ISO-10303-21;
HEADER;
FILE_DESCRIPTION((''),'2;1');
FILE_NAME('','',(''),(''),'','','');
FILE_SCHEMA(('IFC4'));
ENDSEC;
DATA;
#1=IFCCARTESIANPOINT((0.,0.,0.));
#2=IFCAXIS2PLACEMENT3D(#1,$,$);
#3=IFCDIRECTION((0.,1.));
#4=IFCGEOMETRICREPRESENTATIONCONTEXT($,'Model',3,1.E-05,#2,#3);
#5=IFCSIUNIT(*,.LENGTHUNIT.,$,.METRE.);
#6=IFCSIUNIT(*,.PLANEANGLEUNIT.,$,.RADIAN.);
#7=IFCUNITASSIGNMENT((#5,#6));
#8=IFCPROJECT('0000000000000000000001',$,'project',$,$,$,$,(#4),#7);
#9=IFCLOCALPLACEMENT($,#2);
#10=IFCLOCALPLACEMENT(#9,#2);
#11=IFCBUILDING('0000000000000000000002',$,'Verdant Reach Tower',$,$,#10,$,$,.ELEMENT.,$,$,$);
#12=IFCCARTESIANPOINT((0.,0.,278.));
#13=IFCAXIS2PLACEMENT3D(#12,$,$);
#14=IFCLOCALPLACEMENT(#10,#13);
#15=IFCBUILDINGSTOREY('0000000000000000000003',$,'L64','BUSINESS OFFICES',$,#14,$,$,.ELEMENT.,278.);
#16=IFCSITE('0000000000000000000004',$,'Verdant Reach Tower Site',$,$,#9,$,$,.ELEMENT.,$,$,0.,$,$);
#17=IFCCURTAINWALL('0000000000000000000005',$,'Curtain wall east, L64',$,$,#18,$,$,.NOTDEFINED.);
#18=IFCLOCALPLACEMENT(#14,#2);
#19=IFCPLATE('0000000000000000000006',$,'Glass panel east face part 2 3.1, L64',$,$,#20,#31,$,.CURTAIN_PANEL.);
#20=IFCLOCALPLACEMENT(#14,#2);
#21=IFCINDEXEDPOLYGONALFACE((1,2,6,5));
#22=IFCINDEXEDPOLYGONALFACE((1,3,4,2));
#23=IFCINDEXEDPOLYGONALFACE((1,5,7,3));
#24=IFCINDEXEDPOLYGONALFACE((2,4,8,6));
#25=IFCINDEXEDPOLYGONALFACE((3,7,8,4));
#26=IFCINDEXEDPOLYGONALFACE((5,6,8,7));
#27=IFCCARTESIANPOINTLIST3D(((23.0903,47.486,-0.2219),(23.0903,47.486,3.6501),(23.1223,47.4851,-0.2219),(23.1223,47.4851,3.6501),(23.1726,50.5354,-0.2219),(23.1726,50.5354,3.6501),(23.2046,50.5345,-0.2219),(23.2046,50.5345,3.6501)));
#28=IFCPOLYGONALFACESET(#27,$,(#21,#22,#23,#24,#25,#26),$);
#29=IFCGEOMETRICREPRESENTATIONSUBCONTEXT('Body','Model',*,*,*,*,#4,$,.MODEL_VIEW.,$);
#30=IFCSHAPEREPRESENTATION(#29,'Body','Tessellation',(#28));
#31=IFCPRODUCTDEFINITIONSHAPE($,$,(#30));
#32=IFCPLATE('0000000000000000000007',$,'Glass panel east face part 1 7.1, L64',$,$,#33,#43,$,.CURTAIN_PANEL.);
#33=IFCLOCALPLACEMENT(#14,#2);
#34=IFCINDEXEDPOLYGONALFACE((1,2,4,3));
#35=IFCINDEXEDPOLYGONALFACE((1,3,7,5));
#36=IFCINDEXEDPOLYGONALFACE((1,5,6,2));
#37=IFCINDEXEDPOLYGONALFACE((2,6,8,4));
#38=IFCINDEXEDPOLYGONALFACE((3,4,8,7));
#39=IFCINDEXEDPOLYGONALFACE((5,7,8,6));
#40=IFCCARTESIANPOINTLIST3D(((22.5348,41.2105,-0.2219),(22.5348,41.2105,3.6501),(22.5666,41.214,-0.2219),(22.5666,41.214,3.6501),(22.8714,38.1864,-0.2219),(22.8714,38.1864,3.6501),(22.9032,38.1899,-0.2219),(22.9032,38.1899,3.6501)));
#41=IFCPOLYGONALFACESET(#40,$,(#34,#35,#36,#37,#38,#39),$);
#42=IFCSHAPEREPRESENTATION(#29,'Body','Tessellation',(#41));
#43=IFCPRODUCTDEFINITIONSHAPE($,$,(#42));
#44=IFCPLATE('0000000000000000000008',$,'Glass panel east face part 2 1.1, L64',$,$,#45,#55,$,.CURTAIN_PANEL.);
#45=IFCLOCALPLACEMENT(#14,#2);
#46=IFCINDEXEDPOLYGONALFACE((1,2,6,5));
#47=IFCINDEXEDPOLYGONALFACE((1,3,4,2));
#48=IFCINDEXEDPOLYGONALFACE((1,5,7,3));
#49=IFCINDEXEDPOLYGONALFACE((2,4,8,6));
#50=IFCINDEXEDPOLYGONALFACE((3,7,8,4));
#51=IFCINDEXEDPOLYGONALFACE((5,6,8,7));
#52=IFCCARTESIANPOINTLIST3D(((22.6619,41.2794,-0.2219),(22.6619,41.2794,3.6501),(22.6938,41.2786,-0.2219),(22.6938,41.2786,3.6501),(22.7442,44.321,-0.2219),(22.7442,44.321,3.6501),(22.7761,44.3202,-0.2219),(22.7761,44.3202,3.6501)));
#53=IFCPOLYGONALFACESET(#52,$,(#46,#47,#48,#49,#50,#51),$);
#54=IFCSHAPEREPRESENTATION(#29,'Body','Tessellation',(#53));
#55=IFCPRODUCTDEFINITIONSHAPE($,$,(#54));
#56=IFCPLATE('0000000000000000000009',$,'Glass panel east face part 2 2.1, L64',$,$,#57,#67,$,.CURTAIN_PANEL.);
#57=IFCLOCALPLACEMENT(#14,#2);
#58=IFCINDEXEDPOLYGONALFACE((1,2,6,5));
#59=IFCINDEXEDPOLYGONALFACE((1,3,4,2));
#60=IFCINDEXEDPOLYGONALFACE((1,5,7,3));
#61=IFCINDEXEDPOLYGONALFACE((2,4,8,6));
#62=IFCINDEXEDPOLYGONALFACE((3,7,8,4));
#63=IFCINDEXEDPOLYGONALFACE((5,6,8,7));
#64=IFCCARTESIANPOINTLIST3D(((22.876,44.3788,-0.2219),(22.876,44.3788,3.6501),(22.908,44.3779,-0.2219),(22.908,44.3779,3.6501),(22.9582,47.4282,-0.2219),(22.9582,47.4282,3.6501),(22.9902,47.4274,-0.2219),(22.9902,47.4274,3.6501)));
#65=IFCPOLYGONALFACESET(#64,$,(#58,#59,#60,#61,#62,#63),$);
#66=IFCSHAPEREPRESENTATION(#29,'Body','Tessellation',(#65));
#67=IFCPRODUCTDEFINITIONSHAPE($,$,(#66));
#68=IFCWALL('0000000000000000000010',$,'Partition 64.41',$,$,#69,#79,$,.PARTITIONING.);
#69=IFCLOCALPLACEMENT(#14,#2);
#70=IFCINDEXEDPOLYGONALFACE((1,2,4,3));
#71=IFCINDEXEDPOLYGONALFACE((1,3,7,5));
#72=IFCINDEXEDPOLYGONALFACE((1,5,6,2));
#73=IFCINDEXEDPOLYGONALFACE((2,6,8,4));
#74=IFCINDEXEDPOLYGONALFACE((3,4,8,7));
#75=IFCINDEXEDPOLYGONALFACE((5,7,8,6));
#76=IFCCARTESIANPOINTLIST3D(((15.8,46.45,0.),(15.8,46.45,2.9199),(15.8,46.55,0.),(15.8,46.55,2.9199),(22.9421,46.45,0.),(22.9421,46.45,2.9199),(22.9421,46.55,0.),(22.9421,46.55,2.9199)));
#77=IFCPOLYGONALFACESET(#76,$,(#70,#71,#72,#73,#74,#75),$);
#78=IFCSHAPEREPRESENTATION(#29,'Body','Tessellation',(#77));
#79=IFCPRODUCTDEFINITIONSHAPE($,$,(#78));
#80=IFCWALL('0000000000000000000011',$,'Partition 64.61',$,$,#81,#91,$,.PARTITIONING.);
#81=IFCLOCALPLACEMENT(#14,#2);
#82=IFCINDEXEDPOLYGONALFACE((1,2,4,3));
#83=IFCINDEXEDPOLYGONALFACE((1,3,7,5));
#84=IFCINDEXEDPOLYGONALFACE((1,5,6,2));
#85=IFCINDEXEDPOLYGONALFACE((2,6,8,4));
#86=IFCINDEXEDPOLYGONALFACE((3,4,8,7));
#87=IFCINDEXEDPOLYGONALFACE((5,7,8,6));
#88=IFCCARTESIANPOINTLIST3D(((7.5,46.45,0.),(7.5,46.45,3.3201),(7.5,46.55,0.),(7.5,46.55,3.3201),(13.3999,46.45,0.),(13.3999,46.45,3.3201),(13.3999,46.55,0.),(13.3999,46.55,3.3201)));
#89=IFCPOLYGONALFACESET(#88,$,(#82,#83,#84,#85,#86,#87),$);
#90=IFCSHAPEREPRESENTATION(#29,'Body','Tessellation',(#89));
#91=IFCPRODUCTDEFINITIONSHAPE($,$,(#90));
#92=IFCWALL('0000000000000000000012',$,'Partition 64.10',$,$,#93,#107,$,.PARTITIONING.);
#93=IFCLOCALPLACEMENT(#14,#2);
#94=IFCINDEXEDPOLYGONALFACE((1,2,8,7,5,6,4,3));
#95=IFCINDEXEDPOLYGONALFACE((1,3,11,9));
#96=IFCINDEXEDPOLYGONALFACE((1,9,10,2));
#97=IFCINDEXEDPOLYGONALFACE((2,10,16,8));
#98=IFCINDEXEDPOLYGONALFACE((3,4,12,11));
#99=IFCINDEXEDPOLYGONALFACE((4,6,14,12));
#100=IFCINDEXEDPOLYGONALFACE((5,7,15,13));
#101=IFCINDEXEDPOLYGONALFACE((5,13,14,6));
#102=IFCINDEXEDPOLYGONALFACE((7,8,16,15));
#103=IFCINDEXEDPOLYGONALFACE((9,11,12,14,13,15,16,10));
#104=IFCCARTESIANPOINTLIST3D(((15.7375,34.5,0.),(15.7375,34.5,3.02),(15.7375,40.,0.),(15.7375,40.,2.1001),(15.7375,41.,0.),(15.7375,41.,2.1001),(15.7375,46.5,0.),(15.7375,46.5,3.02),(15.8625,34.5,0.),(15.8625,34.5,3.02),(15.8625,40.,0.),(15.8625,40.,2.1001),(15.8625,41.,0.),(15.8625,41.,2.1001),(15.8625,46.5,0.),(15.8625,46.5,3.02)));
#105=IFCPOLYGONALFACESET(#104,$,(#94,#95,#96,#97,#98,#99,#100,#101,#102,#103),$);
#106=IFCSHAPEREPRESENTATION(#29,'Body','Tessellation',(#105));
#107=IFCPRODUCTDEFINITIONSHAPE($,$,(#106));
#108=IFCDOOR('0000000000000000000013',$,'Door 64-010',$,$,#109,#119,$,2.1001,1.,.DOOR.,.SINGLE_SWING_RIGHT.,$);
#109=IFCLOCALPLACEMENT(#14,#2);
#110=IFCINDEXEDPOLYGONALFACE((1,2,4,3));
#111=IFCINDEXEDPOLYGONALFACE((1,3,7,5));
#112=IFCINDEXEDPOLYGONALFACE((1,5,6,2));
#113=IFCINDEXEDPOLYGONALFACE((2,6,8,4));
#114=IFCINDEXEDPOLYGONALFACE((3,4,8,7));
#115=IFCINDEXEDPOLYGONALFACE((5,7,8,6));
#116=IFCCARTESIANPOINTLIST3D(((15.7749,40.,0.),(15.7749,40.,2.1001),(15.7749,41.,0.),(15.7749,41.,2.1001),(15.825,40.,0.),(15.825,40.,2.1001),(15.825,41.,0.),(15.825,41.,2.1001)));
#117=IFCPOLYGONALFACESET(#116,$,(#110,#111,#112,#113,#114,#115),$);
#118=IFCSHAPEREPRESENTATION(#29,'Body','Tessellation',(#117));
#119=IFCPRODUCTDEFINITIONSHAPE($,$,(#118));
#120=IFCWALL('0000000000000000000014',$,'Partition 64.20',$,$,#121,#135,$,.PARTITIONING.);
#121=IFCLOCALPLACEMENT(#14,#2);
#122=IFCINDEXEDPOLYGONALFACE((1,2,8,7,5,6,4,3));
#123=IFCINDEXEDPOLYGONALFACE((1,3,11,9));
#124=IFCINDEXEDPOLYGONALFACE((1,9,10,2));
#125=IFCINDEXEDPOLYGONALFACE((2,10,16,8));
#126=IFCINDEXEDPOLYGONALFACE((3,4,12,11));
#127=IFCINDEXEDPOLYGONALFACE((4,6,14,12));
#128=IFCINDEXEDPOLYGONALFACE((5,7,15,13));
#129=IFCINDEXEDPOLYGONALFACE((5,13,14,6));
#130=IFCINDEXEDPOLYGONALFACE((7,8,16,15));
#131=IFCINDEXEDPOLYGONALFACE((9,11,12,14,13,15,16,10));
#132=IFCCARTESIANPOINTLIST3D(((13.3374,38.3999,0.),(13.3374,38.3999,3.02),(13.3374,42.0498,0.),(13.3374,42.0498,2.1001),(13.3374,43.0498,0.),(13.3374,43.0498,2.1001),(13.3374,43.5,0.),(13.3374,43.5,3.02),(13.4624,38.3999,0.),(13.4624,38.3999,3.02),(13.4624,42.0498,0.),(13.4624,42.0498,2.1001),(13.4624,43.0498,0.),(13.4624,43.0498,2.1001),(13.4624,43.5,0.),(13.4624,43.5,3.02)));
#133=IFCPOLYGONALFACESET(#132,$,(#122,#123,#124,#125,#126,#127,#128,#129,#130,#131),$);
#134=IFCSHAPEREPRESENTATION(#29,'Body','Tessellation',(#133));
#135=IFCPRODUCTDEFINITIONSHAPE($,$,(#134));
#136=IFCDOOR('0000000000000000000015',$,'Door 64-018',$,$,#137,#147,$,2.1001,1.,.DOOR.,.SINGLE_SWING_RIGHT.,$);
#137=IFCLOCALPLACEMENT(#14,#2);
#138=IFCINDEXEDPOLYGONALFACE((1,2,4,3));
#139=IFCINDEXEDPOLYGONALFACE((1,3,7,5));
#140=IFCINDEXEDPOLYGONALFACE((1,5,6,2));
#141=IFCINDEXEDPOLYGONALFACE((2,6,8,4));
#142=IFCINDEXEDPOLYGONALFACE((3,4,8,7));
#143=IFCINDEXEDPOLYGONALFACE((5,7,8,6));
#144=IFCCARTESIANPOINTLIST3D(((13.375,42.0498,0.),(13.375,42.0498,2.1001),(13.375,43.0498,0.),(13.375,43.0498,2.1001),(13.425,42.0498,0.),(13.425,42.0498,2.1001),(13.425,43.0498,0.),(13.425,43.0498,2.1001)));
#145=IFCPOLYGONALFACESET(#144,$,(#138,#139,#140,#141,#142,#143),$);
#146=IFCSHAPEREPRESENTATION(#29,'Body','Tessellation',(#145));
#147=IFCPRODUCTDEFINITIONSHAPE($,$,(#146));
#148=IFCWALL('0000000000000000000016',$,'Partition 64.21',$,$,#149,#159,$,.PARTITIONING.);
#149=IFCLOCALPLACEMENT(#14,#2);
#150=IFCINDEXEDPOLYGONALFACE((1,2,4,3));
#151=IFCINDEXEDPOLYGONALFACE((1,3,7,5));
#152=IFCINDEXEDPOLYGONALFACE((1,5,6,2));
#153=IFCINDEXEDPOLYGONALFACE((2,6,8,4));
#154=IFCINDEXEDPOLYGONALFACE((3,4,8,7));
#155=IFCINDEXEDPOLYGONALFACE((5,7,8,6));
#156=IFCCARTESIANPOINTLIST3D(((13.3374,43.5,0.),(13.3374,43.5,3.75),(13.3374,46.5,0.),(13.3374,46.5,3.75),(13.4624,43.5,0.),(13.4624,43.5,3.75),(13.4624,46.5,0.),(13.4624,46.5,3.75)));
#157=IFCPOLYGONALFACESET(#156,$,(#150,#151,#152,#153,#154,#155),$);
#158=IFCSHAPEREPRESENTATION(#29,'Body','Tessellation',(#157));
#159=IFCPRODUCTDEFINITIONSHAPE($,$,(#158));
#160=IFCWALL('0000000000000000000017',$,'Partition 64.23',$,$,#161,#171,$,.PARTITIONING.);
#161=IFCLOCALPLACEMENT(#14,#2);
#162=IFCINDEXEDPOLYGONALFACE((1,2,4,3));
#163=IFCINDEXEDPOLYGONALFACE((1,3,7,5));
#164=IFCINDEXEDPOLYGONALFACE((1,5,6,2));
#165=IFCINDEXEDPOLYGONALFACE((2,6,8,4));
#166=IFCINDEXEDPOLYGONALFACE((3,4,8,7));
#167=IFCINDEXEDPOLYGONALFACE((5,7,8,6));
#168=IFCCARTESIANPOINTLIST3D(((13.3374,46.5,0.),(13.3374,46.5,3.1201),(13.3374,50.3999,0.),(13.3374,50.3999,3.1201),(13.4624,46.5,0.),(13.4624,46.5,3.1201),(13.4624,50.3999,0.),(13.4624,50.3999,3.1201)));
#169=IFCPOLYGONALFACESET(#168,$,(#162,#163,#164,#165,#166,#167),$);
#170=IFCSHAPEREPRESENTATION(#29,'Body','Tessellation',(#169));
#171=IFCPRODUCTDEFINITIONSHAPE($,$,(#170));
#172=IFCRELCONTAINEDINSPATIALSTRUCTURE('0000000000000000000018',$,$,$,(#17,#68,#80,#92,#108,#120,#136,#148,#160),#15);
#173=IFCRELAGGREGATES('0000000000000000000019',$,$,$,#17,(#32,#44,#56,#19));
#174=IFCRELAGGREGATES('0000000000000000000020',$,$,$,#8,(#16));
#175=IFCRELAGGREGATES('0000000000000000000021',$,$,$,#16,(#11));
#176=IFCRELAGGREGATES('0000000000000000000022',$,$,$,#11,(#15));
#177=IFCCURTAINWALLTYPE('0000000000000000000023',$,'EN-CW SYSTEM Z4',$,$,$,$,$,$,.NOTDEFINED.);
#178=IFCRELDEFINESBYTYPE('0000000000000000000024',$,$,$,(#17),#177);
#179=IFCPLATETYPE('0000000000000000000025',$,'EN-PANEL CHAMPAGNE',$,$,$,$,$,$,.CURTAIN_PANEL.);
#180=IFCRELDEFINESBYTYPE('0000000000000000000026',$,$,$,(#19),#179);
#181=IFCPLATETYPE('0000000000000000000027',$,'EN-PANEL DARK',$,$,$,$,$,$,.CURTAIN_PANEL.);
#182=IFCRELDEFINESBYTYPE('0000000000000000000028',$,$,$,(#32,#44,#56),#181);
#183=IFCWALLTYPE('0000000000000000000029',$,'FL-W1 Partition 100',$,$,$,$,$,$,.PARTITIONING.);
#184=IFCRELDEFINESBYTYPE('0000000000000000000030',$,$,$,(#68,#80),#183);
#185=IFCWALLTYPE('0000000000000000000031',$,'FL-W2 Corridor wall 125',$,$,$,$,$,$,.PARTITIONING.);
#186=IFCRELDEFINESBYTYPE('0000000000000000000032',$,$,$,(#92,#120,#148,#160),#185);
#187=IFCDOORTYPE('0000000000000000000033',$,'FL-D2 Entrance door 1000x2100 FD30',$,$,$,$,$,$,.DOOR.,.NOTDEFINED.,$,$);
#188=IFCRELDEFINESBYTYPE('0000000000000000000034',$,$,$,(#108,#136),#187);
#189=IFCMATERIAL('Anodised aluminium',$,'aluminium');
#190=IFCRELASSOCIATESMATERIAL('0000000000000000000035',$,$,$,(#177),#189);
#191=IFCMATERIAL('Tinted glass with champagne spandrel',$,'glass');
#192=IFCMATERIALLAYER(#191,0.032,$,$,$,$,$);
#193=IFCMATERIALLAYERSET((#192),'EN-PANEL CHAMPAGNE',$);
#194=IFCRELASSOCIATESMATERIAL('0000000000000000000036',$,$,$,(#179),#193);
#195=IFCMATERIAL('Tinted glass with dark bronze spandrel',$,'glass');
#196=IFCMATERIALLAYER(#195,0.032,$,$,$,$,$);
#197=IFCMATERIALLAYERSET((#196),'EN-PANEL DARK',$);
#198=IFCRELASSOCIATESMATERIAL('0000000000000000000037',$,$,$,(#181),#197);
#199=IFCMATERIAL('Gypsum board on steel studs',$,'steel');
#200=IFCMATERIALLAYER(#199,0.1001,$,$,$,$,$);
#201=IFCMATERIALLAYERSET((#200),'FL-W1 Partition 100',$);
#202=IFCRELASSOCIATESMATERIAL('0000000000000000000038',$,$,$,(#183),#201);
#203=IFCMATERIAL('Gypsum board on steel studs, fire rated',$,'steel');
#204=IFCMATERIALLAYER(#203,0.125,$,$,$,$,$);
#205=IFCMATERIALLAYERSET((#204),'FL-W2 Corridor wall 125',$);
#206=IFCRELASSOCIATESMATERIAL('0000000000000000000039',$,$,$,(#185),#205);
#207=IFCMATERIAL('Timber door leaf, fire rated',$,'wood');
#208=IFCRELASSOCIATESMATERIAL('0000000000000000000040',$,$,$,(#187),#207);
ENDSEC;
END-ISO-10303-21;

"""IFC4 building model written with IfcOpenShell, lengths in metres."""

from ifc_helpers import new_model, si_unit, direction, frame, frame_2d, origin, origin_2d, place, context, subcontext, project, spatial, rectangle, extrude, material, layer, layer_set, type_object, element, fill, aggregate, save


model = new_model("IFC4")

# Units and contexts
model_context = context("Model", 3, precision=1e-05, world=origin(), true_north=direction((0.0, 1.0)))
body_context = subcontext(model_context, "Body", "Model", "MODEL_VIEW")
ifc_project = project(units=[si_unit("LENGTHUNIT", "METRE"), si_unit("PLANEANGLEUNIT", "RADIAN")], contexts=[model_context])

# Site, building, storey
site_placement = place(None, origin())
site = spatial("IfcSite", under=ifc_project, at=site_placement, Name="Verdant Reach Tower Site", CompositionType="ELEMENT", RefElevation=0.0)
building_placement = place(site_placement, origin())
building = spatial("IfcBuilding", under=site, at=building_placement, Name="Verdant Reach Tower", CompositionType="ELEMENT")
storey_placement = place(building_placement, frame((0.0, 0.0, 278.0)))
storey = spatial("IfcBuildingStorey", under=building, at=storey_placement, Name="L64", Description="BUSINESS OFFICES", CompositionType="ELEMENT", Elevation=278.0)

# Curtain wall
ifc_material_1 = material(Name="Anodised aluminium", Category="aluminium")
curtain_wall_type = type_object("IfcCurtainWallType", Name="EN-CW SYSTEM Z4", PredefinedType="NOTDEFINED", material=ifc_material_1)
curtain_wall_placement = place(storey_placement, origin())
curtain_wall = element("IfcCurtainWall", 1, at=curtain_wall_placement, inside=storey, type_object=curtain_wall_type, Name="Curtain wall east, L64", PredefinedType="NOTDEFINED")

# Plates
ifc_material_2 = material(Name="Tinted glass with champagne spandrel", Category="glass")
ifc_layer_1 = layer(ifc_material_2, 0.032)
ifc_layer_set_1 = layer_set([ifc_layer_1], Name="EN-PANEL CHAMPAGNE")
plate_type_1 = type_object("IfcPlateType", Name="EN-PANEL CHAMPAGNE", PredefinedType="CURTAIN_PANEL", material=ifc_layer_set_1)
plate_1_placement = place(storey_placement, frame((23.1475, 49.0103, -0.2219), z_axis=(0.0, 0.0, 1.0), x_axis=(0.026965, 0.999636, 0.0)))
plate_1 = element("IfcPlate", 2, at=plate_1_placement, type_object=plate_type_1, Name="Glass panel east face part 2 3.1, L64", PredefinedType="CURTAIN_PANEL", context=body_context, shape_type="SweptSolid", body=[
    extrude(rectangle(XDim=3.0505, YDim=0.032, at=origin_2d()), origin(), (0.0, 0.0, 1.0), 3.8721),
])
ifc_material_3 = material(Name="Tinted glass with dark bronze spandrel", Category="glass")
ifc_layer_2 = layer(ifc_material_3, 0.032)
ifc_layer_set_2 = layer_set([ifc_layer_2], Name="EN-PANEL DARK")
plate_type_2 = type_object("IfcPlateType", Name="EN-PANEL DARK", PredefinedType="CURTAIN_PANEL", material=ifc_layer_set_2)
plate_2_placement = place(storey_placement, frame((22.719, 39.7002, -0.2219), z_axis=(0.0, 0.0, 1.0), x_axis=(-0.110603, 0.993865, 0.0)))
plate_2 = element("IfcPlate", 3, at=plate_2_placement, type_object=plate_type_2, Name="Glass panel east face part 1 7.1, L64", PredefinedType="CURTAIN_PANEL", context=body_context, shape_type="SweptSolid", body=[
    extrude(rectangle(XDim=3.0427, YDim=0.032, at=origin_2d()), origin(), (0.0, 0.0, 1.0), 3.8721),
])
plate_3_placement = place(storey_placement, frame((22.719, 42.7998, -0.2219), z_axis=(0.0, 0.0, 1.0), x_axis=(0.027051, 0.999634, 0.0)))
plate_3 = element("IfcPlate", 4, at=plate_3_placement, type_object=plate_type_2, Name="Glass panel east face part 2 1.1, L64", PredefinedType="CURTAIN_PANEL", context=body_context, shape_type="SweptSolid", body=[
    extrude(rectangle(XDim=3.0427, YDim=0.032, at=origin_2d()), origin(), (0.0, 0.0, 1.0), 3.8721),
])
plate_4_placement = place(storey_placement, frame((22.9331, 45.9031, -0.2219), z_axis=(0.0, 0.0, 1.0), x_axis=(0.026965, 0.999636, 0.0)))
plate_4 = element("IfcPlate", 5, at=plate_4_placement, type_object=plate_type_2, Name="Glass panel east face part 2 2.1, L64", PredefinedType="CURTAIN_PANEL", context=body_context, shape_type="SweptSolid", body=[
    extrude(rectangle(XDim=3.0505, YDim=0.032, at=origin_2d()), origin(), (0.0, 0.0, 1.0), 3.8721),
])
aggregate(curtain_wall, [plate_2, plate_3, plate_4, plate_1])

# Walls
ifc_material_4 = material(Name="Gypsum board on steel studs", Category="steel")
ifc_layer_3 = layer(ifc_material_4, 0.1001)
ifc_layer_set_3 = layer_set([ifc_layer_3], Name="FL-W1 Partition 100")
wall_type_1 = type_object("IfcWallType", Name="FL-W1 Partition 100", PredefinedType="PARTITIONING", material=ifc_layer_set_3)
wall_1_placement = place(storey_placement, frame((22.9421, 46.5, 0.0), z_axis=(0.0, 0.0, 1.0), x_axis=(-1.0, 0.0, 0.0)))
element("IfcWall", 6, at=wall_1_placement, inside=storey, type_object=wall_type_1, Name="Partition 64.41", PredefinedType="PARTITIONING", context=body_context, shape_type="SweptSolid", body=[
    extrude(rectangle(XDim=7.1421, YDim=0.1001, at=frame_2d((3.571, 0.0))), origin(), (0.0, 0.0, 1.0), 2.9199),
])
wall_2_placement = place(storey_placement, frame((13.3999, 46.5, 0.0), z_axis=(0.0, 0.0, 1.0), x_axis=(-1.0, 0.0, 0.0)))
element("IfcWall", 7, at=wall_2_placement, inside=storey, type_object=wall_type_1, Name="Partition 64.61", PredefinedType="PARTITIONING", context=body_context, shape_type="SweptSolid", body=[
    extrude(rectangle(XDim=5.8999, YDim=0.1001, at=frame_2d((2.95, 0.0))), origin(), (0.0, 0.0, 1.0), 3.3201),
])

# Walls, openings, doors
ifc_material_5 = material(Name="Gypsum board on steel studs, fire rated", Category="steel")
ifc_layer_4 = layer(ifc_material_5, 0.125)
ifc_layer_set_4 = layer_set([ifc_layer_4], Name="FL-W2 Corridor wall 125")
wall_type_2 = type_object("IfcWallType", Name="FL-W2 Corridor wall 125", PredefinedType="PARTITIONING", material=ifc_layer_set_4)
wall_3_placement = place(storey_placement, frame((15.8, 46.5, 0.0), z_axis=(0.0, 0.0, 1.0), x_axis=(0.0, -1.0, 0.0)))
wall_3 = element("IfcWall", 8, at=wall_3_placement, inside=storey, type_object=wall_type_2, Name="Partition 64.10", PredefinedType="PARTITIONING", context=body_context, shape_type="SweptSolid", body=[
    extrude(rectangle(XDim=12.0, YDim=0.125, at=frame_2d((6.0, 0.0))), origin(), (0.0, 0.0, 1.0), 3.02),
])
opening_1_placement = place(wall_3_placement, frame((5.5, 0.0, 0.0)))
opening_1 = element("IfcOpeningElement", 9, at=opening_1_placement, cuts=wall_3, PredefinedType="OPENING", context=body_context, shape_type="SweptSolid", body=[
    extrude(rectangle(XDim=1.0, YDim=2.1001, at=frame_2d((0.5, 1.05))), frame((0.0, 0.0725, 0.0), z_axis=(0.0, -1.0, 0.0), x_axis=(1.0, 0.0, 0.0)), (0.0, 0.0, 1.0), 0.145),
])
ifc_material_6 = material(Name="Timber door leaf, fire rated", Category="wood")
door_type = type_object("IfcDoorType", Name="FL-D2 Entrance door 1000x2100 FD30", OperationType="NOTDEFINED", PredefinedType="DOOR", material=ifc_material_6)
door_1_placement = place(opening_1_placement, origin())
door_1 = element("IfcDoor", 10, at=door_1_placement, inside=storey, type_object=door_type, Name="Door 64-010", OperationType="SINGLE_SWING_RIGHT", OverallHeight=2.1001, OverallWidth=1.0, PredefinedType="DOOR", context=body_context, shape_type="SweptSolid", body=[
    extrude(rectangle(XDim=1.0, YDim=2.1001, at=frame_2d((0.5, 1.05))), frame((0.0, 0.0249, 0.0), z_axis=(0.0, -1.0, 0.0), x_axis=(1.0, 0.0, 0.0)), (0.0, 0.0, 1.0), 0.05),
])
fill(opening_1, door_1)
wall_4_placement = place(storey_placement, frame((13.3999, 38.3999, 0.0), z_axis=(0.0, 0.0, 1.0), x_axis=(0.0, 1.0, 0.0)))
wall_4 = element("IfcWall", 11, at=wall_4_placement, inside=storey, type_object=wall_type_2, Name="Partition 64.20", PredefinedType="PARTITIONING", context=body_context, shape_type="SweptSolid", body=[
    extrude(rectangle(XDim=5.1001, YDim=0.125, at=frame_2d((2.55, 0.0))), origin(), (0.0, 0.0, 1.0), 3.02),
])
opening_2_placement = place(wall_4_placement, frame((3.6499, 0.0, 0.0)))
opening_2 = element("IfcOpeningElement", 12, at=opening_2_placement, cuts=wall_4, PredefinedType="OPENING", context=body_context, shape_type="SweptSolid", body=[
    extrude(rectangle(XDim=1.0, YDim=2.1001, at=frame_2d((0.5, 1.05))), frame((0.0, 0.0725, 0.0), z_axis=(0.0, -1.0, 0.0), x_axis=(1.0, 0.0, 0.0)), (0.0, 0.0, 1.0), 0.145),
])
door_2_placement = place(opening_2_placement, origin())
door_2 = element("IfcDoor", 13, at=door_2_placement, inside=storey, type_object=door_type, Name="Door 64-018", OperationType="SINGLE_SWING_RIGHT", OverallHeight=2.1001, OverallWidth=1.0, PredefinedType="DOOR", context=body_context, shape_type="SweptSolid", body=[
    extrude(rectangle(XDim=1.0, YDim=2.1001, at=frame_2d((0.5, 1.05))), frame((0.0, 0.0249, 0.0), z_axis=(0.0, -1.0, 0.0), x_axis=(1.0, 0.0, 0.0)), (0.0, 0.0, 1.0), 0.05),
])
fill(opening_2, door_2)

# Walls
wall_5_placement = place(storey_placement, frame((13.3999, 43.5, 0.0), z_axis=(0.0, 0.0, 1.0), x_axis=(0.0, 1.0, 0.0)))
element("IfcWall", 14, at=wall_5_placement, inside=storey, type_object=wall_type_2, Name="Partition 64.21", PredefinedType="PARTITIONING", context=body_context, shape_type="SweptSolid", body=[
    extrude(rectangle(XDim=3.0, YDim=0.125, at=frame_2d((1.5, 0.0))), origin(), (0.0, 0.0, 1.0), 3.75),
])
wall_6_placement = place(storey_placement, frame((13.3999, 46.5, 0.0), z_axis=(0.0, 0.0, 1.0), x_axis=(0.0, 1.0, 0.0)))
element("IfcWall", 15, at=wall_6_placement, inside=storey, type_object=wall_type_2, Name="Partition 64.23", PredefinedType="PARTITIONING", context=body_context, shape_type="SweptSolid", body=[
    extrude(rectangle(XDim=3.8999, YDim=0.125, at=frame_2d((1.95, 0.0))), origin(), (0.0, 0.0, 1.0), 3.1201),
])

save(model, "model.ifc")
